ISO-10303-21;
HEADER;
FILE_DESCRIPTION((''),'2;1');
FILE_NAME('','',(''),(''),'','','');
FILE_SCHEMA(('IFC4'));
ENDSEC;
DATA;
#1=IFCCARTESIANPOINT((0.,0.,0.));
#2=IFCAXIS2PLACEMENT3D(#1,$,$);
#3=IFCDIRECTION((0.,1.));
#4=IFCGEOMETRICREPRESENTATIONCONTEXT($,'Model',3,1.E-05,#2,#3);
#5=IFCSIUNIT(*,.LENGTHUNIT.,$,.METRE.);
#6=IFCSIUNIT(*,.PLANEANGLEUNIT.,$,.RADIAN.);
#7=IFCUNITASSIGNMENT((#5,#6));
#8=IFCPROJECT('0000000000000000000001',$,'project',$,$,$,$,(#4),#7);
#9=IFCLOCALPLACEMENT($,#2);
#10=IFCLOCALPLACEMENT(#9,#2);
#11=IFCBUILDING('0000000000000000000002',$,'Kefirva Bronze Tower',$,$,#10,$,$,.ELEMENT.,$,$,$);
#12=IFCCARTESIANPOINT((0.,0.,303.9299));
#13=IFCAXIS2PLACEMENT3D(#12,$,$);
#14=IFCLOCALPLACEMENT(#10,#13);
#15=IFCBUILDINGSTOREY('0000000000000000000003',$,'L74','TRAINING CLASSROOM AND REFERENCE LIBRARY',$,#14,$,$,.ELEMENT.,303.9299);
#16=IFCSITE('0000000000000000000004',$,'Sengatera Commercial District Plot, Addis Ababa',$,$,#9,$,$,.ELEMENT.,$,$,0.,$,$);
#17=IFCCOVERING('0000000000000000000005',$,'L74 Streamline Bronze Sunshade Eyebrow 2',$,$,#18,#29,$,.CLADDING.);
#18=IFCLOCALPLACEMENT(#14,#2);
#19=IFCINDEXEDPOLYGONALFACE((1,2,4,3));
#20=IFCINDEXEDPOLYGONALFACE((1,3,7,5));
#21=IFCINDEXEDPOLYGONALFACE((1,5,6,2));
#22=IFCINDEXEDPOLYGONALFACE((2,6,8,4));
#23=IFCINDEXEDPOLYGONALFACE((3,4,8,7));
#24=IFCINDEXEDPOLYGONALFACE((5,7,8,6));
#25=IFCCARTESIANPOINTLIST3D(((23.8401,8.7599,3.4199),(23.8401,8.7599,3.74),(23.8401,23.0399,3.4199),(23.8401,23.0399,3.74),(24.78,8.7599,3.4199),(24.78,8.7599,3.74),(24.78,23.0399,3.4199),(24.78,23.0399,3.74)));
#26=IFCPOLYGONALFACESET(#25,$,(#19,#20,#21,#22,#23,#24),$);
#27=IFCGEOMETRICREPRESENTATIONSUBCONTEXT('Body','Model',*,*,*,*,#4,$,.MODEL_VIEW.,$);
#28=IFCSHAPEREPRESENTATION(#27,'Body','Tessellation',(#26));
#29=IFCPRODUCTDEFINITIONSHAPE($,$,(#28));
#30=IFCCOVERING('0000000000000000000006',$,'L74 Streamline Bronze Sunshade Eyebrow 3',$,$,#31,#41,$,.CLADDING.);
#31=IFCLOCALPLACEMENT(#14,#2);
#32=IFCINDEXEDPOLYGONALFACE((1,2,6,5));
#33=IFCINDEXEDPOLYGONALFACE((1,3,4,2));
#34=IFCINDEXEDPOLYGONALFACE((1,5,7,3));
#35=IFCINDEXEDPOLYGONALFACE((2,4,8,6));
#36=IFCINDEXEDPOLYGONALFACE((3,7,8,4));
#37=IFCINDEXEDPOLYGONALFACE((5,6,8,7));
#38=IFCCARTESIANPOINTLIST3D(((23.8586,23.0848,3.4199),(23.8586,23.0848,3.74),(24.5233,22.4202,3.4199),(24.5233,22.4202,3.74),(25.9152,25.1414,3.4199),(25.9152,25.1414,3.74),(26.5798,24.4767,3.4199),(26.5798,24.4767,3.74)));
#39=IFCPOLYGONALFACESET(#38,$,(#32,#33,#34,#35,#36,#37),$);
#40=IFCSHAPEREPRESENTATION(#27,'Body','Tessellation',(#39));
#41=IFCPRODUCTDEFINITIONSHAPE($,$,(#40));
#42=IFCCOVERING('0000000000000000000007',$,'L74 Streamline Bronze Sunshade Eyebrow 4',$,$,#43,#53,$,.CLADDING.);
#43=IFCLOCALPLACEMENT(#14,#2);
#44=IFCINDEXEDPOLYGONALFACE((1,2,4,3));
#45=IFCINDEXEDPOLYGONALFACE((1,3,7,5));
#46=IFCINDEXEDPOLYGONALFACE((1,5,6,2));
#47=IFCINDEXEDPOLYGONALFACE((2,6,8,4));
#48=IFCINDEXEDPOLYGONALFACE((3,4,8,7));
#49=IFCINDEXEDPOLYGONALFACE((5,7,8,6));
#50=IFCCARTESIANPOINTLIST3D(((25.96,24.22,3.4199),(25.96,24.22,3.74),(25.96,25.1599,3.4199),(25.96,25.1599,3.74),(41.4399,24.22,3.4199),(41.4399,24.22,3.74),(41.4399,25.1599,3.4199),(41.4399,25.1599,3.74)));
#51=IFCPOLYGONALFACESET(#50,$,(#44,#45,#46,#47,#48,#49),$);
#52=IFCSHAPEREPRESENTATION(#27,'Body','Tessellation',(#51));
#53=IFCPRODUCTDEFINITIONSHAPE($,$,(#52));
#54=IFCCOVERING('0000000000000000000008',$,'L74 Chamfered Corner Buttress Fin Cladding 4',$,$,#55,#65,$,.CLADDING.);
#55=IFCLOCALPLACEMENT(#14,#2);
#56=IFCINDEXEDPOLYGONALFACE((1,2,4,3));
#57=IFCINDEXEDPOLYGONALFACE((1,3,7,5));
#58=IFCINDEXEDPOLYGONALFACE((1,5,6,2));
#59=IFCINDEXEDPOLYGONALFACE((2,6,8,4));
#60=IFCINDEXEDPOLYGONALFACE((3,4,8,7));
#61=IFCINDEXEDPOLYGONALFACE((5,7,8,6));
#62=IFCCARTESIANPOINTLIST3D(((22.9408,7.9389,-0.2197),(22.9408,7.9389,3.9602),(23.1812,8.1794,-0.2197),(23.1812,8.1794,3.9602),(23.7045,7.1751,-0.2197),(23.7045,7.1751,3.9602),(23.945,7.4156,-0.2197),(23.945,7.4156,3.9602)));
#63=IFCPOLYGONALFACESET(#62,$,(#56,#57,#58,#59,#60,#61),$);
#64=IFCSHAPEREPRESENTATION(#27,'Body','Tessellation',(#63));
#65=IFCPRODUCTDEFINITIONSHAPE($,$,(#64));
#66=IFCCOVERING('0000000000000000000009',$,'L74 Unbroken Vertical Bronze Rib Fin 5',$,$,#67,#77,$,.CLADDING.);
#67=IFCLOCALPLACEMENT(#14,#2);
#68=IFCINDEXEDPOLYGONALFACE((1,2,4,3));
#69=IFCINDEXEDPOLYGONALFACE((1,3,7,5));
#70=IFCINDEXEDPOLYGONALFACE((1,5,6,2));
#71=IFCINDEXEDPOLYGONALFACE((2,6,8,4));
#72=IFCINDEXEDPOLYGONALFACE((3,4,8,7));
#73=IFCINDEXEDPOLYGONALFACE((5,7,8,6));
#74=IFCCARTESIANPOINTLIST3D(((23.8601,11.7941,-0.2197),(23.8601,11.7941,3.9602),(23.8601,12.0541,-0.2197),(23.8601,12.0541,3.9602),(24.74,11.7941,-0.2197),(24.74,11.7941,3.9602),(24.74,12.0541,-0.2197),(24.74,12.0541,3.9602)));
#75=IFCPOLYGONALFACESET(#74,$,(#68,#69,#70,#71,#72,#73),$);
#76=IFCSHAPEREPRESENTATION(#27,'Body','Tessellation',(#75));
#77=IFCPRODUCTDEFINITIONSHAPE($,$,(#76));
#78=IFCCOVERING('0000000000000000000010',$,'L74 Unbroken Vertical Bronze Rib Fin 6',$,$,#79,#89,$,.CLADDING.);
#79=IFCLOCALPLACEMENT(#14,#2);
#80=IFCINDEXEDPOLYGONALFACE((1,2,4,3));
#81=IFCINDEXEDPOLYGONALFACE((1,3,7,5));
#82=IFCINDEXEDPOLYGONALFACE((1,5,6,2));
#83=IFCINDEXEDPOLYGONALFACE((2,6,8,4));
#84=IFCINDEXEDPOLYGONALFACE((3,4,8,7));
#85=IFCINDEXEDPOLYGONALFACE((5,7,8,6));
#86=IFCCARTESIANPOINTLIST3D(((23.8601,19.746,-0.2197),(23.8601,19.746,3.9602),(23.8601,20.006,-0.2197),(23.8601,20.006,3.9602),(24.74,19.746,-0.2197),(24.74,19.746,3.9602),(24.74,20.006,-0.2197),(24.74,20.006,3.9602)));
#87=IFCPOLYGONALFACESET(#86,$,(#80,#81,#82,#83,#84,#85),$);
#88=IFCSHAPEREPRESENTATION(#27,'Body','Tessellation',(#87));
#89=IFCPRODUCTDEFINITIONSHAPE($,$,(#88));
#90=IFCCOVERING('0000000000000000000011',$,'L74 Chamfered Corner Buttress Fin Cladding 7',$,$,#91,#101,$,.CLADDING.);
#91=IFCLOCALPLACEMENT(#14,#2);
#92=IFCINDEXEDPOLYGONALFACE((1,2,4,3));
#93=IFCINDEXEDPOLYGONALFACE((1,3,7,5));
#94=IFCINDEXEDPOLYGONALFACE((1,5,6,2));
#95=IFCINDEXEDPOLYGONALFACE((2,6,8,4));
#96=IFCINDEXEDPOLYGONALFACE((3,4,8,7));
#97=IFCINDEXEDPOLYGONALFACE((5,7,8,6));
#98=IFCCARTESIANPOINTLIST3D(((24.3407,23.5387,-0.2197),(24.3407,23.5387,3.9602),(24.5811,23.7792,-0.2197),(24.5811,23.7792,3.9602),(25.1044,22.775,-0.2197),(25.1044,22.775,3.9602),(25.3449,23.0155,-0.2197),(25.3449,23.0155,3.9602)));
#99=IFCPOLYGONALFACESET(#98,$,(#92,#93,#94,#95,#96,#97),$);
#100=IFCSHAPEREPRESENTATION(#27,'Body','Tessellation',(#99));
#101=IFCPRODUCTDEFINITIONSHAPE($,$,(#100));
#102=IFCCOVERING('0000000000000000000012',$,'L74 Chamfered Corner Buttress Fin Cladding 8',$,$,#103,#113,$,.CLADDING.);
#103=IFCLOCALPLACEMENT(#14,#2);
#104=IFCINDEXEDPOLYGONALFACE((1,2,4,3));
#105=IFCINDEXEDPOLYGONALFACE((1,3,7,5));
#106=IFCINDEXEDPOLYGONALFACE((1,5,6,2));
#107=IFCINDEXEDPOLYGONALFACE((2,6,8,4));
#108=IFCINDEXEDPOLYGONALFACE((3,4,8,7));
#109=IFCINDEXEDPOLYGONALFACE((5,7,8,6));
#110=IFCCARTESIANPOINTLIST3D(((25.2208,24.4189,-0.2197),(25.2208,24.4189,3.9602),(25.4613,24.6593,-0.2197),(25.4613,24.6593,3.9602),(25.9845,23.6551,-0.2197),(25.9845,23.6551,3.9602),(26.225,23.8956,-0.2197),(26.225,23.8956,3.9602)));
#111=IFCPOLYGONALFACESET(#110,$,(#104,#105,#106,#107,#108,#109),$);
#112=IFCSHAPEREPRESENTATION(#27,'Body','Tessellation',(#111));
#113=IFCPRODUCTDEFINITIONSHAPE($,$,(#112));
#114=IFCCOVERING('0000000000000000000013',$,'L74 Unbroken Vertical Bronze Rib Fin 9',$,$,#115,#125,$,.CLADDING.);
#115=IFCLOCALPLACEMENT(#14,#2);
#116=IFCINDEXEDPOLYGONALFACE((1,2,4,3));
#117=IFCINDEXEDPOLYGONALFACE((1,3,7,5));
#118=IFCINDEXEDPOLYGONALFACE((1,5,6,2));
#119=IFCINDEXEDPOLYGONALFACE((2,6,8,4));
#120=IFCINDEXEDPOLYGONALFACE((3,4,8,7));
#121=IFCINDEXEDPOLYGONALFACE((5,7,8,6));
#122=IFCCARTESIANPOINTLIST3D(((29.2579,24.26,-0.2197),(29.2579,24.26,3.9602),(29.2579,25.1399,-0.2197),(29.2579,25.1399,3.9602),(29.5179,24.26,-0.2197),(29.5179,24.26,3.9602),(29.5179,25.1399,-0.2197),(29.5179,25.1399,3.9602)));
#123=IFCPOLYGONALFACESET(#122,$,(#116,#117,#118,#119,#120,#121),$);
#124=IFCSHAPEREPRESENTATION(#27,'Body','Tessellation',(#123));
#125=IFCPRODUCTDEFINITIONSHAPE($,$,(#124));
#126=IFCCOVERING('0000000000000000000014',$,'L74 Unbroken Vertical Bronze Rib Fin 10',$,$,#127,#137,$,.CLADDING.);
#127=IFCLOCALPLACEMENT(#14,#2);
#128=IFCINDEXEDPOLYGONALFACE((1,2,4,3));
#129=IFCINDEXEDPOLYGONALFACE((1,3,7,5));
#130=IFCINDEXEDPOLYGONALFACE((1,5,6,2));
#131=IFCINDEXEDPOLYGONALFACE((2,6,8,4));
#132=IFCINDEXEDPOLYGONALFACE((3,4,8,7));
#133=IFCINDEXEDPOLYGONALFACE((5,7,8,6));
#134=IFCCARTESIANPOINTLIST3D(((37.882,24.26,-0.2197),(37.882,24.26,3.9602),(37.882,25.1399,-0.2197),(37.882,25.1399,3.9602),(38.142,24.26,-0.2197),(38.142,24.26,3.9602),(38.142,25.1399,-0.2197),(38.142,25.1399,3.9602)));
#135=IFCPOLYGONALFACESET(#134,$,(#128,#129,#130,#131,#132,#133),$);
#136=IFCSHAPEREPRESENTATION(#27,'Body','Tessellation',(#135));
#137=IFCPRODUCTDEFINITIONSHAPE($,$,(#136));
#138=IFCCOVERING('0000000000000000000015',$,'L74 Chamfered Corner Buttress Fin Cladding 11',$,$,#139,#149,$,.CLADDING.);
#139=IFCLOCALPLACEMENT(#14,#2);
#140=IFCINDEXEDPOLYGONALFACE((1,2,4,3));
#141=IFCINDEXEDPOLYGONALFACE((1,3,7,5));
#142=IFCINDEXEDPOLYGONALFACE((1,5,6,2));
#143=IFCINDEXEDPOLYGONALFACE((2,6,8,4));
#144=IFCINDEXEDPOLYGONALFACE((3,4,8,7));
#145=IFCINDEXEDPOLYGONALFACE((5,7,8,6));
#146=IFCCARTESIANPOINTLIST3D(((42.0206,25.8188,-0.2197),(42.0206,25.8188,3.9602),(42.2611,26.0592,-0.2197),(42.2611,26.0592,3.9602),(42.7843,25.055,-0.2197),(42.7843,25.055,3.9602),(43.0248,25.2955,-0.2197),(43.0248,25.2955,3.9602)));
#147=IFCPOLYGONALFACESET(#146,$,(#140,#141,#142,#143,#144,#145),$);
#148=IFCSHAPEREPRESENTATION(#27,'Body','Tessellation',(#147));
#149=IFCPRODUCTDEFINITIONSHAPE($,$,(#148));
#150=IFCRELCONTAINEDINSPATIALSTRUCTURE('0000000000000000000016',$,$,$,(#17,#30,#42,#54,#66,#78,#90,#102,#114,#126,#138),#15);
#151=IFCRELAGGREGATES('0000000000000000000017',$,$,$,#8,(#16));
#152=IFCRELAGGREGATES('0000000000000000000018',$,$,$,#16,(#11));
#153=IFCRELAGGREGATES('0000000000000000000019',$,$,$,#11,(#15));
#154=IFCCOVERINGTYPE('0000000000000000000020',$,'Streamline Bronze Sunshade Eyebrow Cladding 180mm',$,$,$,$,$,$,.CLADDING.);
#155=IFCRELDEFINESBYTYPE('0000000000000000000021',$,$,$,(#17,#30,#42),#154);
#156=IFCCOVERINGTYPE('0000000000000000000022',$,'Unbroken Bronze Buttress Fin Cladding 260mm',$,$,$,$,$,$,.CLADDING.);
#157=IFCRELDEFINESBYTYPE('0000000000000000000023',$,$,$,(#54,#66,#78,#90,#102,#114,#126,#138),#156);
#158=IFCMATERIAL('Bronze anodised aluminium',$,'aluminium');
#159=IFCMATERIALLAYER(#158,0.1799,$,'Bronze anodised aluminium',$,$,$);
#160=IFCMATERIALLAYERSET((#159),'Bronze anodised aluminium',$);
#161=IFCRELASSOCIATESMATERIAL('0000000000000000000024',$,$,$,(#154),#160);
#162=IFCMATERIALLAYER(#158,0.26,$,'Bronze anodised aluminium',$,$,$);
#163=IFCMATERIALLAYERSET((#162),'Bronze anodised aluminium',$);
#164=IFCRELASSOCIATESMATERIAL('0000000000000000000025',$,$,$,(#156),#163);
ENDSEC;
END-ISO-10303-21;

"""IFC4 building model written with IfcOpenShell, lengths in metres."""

from ifc_helpers import new_model, si_unit, direction, frame, origin, origin_2d, place, context, subcontext, project, spatial, rectangle, extrude, material, layer, layer_set, type_object, element, save


model = new_model("IFC4")

# Units and contexts
model_context = context("Model", 3, precision=1e-05, world=origin(), true_north=direction((0.0, 1.0)))
body_context = subcontext(model_context, "Body", "Model", "MODEL_VIEW")
ifc_project = project(units=[si_unit("LENGTHUNIT", "METRE"), si_unit("PLANEANGLEUNIT", "RADIAN")], contexts=[model_context])

# Site, building, storey
site_placement = place(None, origin())
site = spatial("IfcSite", under=ifc_project, at=site_placement, Name="Sengatera Commercial District Plot, Addis Ababa", CompositionType="ELEMENT", RefElevation=0.0)
building_placement = place(site_placement, origin())
building = spatial("IfcBuilding", under=site, at=building_placement, Name="Kefirva Bronze Tower", CompositionType="ELEMENT")
storey_placement = place(building_placement, frame((0.0, 0.0, 303.9299)))
storey = spatial("IfcBuildingStorey", under=building, at=storey_placement, Name="L74", Description="TRAINING CLASSROOM AND REFERENCE LIBRARY", CompositionType="ELEMENT", Elevation=303.9299)

# Shared definitions
ifc_material_1 = material(Name="Bronze anodised aluminium", Category="aluminium")

# Coverings
ifc_layer_1 = layer(ifc_material_1, 0.1799, Name="Bronze anodised aluminium")
ifc_layer_set_1 = layer_set([ifc_layer_1], Name="Bronze anodised aluminium")
covering_type_1 = type_object("IfcCoveringType", Name="Streamline Bronze Sunshade Eyebrow Cladding 180mm", PredefinedType="CLADDING", material=ifc_layer_set_1)
covering_1_placement = place(storey_placement, frame((24.3101, 15.8999, 3.4199), z_axis=(0.0, 0.0, 1.0), x_axis=(0.0, 1.0, 0.0)))
element("IfcCovering", 1, at=covering_1_placement, inside=storey, type_object=covering_type_1, Name="L74 Streamline Bronze Sunshade Eyebrow 2", PredefinedType="CLADDING", context=body_context, shape_type="SweptSolid", body=[
    extrude(rectangle(XDim=14.28, YDim=0.9399, at=origin_2d()), origin(), (0.0, 0.0, 1.0), 0.3201),
])
covering_2_placement = place(storey_placement, frame((25.2192, 23.7808, 3.4199), z_axis=(0.0, 0.0, 1.0), x_axis=(0.707107, 0.707107, 0.0)))
element("IfcCovering", 2, at=covering_2_placement, inside=storey, type_object=covering_type_1, Name="L74 Streamline Bronze Sunshade Eyebrow 3", PredefinedType="CLADDING", context=body_context, shape_type="SweptSolid", body=[
    extrude(rectangle(XDim=2.9084, YDim=0.9399, at=origin_2d()), origin(), (0.0, 0.0, 1.0), 0.3201),
])
covering_3_placement = place(storey_placement, frame((33.7, 24.6899, 3.4199), z_axis=(0.0, 0.0, 1.0), x_axis=(1.0, 0.0, 0.0)))
element("IfcCovering", 3, at=covering_3_placement, inside=storey, type_object=covering_type_1, Name="L74 Streamline Bronze Sunshade Eyebrow 4", PredefinedType="CLADDING", context=body_context, shape_type="SweptSolid", body=[
    extrude(rectangle(XDim=15.48, YDim=0.9399, at=origin_2d()), origin(), (0.0, 0.0, 1.0), 0.3201),
])
ifc_layer_2 = layer(ifc_material_1, 0.26, Name="Bronze anodised aluminium")
ifc_layer_set_2 = layer_set([ifc_layer_2], Name="Bronze anodised aluminium")
covering_type_2 = type_object("IfcCoveringType", Name="Unbroken Bronze Buttress Fin Cladding 260mm", PredefinedType="CLADDING", material=ifc_layer_set_2)
covering_4_placement = place(storey_placement, frame((23.4429, 7.6772, -0.2197), z_axis=(0.0, 0.0, 1.0), x_axis=(0.707107, 0.707107, 0.0)))
element("IfcCovering", 4, at=covering_4_placement, inside=storey, type_object=covering_type_2, Name="L74 Chamfered Corner Buttress Fin Cladding 4", PredefinedType="CLADDING", context=body_context, shape_type="SweptSolid", body=[
    extrude(rectangle(XDim=0.3401, YDim=1.0801, at=origin_2d()), origin(), (0.0, 0.0, 1.0), 4.1799),
])
for number, where, z_axis, x_axis, name in (
    (5, (24.3, 11.9241, -0.2197), (0.0, 0.0, 1.0), (0.0, 1.0, 0.0), "L74 Unbroken Vertical Bronze Rib Fin 5"),
    (6, (24.3, 19.876, -0.2197), (0.0, 0.0, 1.0), (0.0, 1.0, 0.0), "L74 Unbroken Vertical Bronze Rib Fin 6"),
):
    element("IfcCovering", number, at=place(storey_placement, frame(where, z_axis=z_axis, x_axis=x_axis)), inside=storey, type_object=covering_type_2, Name=name, PredefinedType="CLADDING", context=body_context, shape_type="SweptSolid", body=[
        extrude(rectangle(XDim=0.26, YDim=0.8799, at=origin_2d()), origin(), (0.0, 0.0, 1.0), 4.1799),
    ])
for number, where, z_axis, x_axis, name in (
    (7, (24.8428, 23.2771, -0.2197), (0.0, 0.0, 1.0), (0.707107, 0.707107, 0.0), "L74 Chamfered Corner Buttress Fin Cladding 7"),
    (8, (25.7229, 24.1572, -0.2197), (0.0, 0.0, 1.0), (0.707107, 0.707107, 0.0), "L74 Chamfered Corner Buttress Fin Cladding 8"),
):
    element("IfcCovering", number, at=place(storey_placement, frame(where, z_axis=z_axis, x_axis=x_axis)), inside=storey, type_object=covering_type_2, Name=name, PredefinedType="CLADDING", context=body_context, shape_type="SweptSolid", body=[
        extrude(rectangle(XDim=0.3401, YDim=1.0801, at=origin_2d()), origin(), (0.0, 0.0, 1.0), 4.1799),
    ])
for number, where, z_axis, x_axis, name in (
    (9, (29.3879, 24.7, -0.2197), (0.0, 0.0, 1.0), (1.0, 0.0, 0.0), "L74 Unbroken Vertical Bronze Rib Fin 9"),
    (10, (38.012, 24.7, -0.2197), (0.0, 0.0, 1.0), (1.0, 0.0, 0.0), "L74 Unbroken Vertical Bronze Rib Fin 10"),
):
    element("IfcCovering", number, at=place(storey_placement, frame(where, z_axis=z_axis, x_axis=x_axis)), inside=storey, type_object=covering_type_2, Name=name, PredefinedType="CLADDING", context=body_context, shape_type="SweptSolid", body=[
        extrude(rectangle(XDim=0.26, YDim=0.8799, at=origin_2d()), origin(), (0.0, 0.0, 1.0), 4.1799),
    ])
covering_5_placement = place(storey_placement, frame((42.5227, 25.5571, -0.2197), z_axis=(0.0, 0.0, 1.0), x_axis=(0.707107, 0.707107, 0.0)))
element("IfcCovering", 11, at=covering_5_placement, inside=storey, type_object=covering_type_2, Name="L74 Chamfered Corner Buttress Fin Cladding 11", PredefinedType="CLADDING", context=body_context, shape_type="SweptSolid", body=[
    extrude(rectangle(XDim=0.3401, YDim=1.0801, at=origin_2d()), origin(), (0.0, 0.0, 1.0), 4.1799),
])

save(model, "model.ifc")
